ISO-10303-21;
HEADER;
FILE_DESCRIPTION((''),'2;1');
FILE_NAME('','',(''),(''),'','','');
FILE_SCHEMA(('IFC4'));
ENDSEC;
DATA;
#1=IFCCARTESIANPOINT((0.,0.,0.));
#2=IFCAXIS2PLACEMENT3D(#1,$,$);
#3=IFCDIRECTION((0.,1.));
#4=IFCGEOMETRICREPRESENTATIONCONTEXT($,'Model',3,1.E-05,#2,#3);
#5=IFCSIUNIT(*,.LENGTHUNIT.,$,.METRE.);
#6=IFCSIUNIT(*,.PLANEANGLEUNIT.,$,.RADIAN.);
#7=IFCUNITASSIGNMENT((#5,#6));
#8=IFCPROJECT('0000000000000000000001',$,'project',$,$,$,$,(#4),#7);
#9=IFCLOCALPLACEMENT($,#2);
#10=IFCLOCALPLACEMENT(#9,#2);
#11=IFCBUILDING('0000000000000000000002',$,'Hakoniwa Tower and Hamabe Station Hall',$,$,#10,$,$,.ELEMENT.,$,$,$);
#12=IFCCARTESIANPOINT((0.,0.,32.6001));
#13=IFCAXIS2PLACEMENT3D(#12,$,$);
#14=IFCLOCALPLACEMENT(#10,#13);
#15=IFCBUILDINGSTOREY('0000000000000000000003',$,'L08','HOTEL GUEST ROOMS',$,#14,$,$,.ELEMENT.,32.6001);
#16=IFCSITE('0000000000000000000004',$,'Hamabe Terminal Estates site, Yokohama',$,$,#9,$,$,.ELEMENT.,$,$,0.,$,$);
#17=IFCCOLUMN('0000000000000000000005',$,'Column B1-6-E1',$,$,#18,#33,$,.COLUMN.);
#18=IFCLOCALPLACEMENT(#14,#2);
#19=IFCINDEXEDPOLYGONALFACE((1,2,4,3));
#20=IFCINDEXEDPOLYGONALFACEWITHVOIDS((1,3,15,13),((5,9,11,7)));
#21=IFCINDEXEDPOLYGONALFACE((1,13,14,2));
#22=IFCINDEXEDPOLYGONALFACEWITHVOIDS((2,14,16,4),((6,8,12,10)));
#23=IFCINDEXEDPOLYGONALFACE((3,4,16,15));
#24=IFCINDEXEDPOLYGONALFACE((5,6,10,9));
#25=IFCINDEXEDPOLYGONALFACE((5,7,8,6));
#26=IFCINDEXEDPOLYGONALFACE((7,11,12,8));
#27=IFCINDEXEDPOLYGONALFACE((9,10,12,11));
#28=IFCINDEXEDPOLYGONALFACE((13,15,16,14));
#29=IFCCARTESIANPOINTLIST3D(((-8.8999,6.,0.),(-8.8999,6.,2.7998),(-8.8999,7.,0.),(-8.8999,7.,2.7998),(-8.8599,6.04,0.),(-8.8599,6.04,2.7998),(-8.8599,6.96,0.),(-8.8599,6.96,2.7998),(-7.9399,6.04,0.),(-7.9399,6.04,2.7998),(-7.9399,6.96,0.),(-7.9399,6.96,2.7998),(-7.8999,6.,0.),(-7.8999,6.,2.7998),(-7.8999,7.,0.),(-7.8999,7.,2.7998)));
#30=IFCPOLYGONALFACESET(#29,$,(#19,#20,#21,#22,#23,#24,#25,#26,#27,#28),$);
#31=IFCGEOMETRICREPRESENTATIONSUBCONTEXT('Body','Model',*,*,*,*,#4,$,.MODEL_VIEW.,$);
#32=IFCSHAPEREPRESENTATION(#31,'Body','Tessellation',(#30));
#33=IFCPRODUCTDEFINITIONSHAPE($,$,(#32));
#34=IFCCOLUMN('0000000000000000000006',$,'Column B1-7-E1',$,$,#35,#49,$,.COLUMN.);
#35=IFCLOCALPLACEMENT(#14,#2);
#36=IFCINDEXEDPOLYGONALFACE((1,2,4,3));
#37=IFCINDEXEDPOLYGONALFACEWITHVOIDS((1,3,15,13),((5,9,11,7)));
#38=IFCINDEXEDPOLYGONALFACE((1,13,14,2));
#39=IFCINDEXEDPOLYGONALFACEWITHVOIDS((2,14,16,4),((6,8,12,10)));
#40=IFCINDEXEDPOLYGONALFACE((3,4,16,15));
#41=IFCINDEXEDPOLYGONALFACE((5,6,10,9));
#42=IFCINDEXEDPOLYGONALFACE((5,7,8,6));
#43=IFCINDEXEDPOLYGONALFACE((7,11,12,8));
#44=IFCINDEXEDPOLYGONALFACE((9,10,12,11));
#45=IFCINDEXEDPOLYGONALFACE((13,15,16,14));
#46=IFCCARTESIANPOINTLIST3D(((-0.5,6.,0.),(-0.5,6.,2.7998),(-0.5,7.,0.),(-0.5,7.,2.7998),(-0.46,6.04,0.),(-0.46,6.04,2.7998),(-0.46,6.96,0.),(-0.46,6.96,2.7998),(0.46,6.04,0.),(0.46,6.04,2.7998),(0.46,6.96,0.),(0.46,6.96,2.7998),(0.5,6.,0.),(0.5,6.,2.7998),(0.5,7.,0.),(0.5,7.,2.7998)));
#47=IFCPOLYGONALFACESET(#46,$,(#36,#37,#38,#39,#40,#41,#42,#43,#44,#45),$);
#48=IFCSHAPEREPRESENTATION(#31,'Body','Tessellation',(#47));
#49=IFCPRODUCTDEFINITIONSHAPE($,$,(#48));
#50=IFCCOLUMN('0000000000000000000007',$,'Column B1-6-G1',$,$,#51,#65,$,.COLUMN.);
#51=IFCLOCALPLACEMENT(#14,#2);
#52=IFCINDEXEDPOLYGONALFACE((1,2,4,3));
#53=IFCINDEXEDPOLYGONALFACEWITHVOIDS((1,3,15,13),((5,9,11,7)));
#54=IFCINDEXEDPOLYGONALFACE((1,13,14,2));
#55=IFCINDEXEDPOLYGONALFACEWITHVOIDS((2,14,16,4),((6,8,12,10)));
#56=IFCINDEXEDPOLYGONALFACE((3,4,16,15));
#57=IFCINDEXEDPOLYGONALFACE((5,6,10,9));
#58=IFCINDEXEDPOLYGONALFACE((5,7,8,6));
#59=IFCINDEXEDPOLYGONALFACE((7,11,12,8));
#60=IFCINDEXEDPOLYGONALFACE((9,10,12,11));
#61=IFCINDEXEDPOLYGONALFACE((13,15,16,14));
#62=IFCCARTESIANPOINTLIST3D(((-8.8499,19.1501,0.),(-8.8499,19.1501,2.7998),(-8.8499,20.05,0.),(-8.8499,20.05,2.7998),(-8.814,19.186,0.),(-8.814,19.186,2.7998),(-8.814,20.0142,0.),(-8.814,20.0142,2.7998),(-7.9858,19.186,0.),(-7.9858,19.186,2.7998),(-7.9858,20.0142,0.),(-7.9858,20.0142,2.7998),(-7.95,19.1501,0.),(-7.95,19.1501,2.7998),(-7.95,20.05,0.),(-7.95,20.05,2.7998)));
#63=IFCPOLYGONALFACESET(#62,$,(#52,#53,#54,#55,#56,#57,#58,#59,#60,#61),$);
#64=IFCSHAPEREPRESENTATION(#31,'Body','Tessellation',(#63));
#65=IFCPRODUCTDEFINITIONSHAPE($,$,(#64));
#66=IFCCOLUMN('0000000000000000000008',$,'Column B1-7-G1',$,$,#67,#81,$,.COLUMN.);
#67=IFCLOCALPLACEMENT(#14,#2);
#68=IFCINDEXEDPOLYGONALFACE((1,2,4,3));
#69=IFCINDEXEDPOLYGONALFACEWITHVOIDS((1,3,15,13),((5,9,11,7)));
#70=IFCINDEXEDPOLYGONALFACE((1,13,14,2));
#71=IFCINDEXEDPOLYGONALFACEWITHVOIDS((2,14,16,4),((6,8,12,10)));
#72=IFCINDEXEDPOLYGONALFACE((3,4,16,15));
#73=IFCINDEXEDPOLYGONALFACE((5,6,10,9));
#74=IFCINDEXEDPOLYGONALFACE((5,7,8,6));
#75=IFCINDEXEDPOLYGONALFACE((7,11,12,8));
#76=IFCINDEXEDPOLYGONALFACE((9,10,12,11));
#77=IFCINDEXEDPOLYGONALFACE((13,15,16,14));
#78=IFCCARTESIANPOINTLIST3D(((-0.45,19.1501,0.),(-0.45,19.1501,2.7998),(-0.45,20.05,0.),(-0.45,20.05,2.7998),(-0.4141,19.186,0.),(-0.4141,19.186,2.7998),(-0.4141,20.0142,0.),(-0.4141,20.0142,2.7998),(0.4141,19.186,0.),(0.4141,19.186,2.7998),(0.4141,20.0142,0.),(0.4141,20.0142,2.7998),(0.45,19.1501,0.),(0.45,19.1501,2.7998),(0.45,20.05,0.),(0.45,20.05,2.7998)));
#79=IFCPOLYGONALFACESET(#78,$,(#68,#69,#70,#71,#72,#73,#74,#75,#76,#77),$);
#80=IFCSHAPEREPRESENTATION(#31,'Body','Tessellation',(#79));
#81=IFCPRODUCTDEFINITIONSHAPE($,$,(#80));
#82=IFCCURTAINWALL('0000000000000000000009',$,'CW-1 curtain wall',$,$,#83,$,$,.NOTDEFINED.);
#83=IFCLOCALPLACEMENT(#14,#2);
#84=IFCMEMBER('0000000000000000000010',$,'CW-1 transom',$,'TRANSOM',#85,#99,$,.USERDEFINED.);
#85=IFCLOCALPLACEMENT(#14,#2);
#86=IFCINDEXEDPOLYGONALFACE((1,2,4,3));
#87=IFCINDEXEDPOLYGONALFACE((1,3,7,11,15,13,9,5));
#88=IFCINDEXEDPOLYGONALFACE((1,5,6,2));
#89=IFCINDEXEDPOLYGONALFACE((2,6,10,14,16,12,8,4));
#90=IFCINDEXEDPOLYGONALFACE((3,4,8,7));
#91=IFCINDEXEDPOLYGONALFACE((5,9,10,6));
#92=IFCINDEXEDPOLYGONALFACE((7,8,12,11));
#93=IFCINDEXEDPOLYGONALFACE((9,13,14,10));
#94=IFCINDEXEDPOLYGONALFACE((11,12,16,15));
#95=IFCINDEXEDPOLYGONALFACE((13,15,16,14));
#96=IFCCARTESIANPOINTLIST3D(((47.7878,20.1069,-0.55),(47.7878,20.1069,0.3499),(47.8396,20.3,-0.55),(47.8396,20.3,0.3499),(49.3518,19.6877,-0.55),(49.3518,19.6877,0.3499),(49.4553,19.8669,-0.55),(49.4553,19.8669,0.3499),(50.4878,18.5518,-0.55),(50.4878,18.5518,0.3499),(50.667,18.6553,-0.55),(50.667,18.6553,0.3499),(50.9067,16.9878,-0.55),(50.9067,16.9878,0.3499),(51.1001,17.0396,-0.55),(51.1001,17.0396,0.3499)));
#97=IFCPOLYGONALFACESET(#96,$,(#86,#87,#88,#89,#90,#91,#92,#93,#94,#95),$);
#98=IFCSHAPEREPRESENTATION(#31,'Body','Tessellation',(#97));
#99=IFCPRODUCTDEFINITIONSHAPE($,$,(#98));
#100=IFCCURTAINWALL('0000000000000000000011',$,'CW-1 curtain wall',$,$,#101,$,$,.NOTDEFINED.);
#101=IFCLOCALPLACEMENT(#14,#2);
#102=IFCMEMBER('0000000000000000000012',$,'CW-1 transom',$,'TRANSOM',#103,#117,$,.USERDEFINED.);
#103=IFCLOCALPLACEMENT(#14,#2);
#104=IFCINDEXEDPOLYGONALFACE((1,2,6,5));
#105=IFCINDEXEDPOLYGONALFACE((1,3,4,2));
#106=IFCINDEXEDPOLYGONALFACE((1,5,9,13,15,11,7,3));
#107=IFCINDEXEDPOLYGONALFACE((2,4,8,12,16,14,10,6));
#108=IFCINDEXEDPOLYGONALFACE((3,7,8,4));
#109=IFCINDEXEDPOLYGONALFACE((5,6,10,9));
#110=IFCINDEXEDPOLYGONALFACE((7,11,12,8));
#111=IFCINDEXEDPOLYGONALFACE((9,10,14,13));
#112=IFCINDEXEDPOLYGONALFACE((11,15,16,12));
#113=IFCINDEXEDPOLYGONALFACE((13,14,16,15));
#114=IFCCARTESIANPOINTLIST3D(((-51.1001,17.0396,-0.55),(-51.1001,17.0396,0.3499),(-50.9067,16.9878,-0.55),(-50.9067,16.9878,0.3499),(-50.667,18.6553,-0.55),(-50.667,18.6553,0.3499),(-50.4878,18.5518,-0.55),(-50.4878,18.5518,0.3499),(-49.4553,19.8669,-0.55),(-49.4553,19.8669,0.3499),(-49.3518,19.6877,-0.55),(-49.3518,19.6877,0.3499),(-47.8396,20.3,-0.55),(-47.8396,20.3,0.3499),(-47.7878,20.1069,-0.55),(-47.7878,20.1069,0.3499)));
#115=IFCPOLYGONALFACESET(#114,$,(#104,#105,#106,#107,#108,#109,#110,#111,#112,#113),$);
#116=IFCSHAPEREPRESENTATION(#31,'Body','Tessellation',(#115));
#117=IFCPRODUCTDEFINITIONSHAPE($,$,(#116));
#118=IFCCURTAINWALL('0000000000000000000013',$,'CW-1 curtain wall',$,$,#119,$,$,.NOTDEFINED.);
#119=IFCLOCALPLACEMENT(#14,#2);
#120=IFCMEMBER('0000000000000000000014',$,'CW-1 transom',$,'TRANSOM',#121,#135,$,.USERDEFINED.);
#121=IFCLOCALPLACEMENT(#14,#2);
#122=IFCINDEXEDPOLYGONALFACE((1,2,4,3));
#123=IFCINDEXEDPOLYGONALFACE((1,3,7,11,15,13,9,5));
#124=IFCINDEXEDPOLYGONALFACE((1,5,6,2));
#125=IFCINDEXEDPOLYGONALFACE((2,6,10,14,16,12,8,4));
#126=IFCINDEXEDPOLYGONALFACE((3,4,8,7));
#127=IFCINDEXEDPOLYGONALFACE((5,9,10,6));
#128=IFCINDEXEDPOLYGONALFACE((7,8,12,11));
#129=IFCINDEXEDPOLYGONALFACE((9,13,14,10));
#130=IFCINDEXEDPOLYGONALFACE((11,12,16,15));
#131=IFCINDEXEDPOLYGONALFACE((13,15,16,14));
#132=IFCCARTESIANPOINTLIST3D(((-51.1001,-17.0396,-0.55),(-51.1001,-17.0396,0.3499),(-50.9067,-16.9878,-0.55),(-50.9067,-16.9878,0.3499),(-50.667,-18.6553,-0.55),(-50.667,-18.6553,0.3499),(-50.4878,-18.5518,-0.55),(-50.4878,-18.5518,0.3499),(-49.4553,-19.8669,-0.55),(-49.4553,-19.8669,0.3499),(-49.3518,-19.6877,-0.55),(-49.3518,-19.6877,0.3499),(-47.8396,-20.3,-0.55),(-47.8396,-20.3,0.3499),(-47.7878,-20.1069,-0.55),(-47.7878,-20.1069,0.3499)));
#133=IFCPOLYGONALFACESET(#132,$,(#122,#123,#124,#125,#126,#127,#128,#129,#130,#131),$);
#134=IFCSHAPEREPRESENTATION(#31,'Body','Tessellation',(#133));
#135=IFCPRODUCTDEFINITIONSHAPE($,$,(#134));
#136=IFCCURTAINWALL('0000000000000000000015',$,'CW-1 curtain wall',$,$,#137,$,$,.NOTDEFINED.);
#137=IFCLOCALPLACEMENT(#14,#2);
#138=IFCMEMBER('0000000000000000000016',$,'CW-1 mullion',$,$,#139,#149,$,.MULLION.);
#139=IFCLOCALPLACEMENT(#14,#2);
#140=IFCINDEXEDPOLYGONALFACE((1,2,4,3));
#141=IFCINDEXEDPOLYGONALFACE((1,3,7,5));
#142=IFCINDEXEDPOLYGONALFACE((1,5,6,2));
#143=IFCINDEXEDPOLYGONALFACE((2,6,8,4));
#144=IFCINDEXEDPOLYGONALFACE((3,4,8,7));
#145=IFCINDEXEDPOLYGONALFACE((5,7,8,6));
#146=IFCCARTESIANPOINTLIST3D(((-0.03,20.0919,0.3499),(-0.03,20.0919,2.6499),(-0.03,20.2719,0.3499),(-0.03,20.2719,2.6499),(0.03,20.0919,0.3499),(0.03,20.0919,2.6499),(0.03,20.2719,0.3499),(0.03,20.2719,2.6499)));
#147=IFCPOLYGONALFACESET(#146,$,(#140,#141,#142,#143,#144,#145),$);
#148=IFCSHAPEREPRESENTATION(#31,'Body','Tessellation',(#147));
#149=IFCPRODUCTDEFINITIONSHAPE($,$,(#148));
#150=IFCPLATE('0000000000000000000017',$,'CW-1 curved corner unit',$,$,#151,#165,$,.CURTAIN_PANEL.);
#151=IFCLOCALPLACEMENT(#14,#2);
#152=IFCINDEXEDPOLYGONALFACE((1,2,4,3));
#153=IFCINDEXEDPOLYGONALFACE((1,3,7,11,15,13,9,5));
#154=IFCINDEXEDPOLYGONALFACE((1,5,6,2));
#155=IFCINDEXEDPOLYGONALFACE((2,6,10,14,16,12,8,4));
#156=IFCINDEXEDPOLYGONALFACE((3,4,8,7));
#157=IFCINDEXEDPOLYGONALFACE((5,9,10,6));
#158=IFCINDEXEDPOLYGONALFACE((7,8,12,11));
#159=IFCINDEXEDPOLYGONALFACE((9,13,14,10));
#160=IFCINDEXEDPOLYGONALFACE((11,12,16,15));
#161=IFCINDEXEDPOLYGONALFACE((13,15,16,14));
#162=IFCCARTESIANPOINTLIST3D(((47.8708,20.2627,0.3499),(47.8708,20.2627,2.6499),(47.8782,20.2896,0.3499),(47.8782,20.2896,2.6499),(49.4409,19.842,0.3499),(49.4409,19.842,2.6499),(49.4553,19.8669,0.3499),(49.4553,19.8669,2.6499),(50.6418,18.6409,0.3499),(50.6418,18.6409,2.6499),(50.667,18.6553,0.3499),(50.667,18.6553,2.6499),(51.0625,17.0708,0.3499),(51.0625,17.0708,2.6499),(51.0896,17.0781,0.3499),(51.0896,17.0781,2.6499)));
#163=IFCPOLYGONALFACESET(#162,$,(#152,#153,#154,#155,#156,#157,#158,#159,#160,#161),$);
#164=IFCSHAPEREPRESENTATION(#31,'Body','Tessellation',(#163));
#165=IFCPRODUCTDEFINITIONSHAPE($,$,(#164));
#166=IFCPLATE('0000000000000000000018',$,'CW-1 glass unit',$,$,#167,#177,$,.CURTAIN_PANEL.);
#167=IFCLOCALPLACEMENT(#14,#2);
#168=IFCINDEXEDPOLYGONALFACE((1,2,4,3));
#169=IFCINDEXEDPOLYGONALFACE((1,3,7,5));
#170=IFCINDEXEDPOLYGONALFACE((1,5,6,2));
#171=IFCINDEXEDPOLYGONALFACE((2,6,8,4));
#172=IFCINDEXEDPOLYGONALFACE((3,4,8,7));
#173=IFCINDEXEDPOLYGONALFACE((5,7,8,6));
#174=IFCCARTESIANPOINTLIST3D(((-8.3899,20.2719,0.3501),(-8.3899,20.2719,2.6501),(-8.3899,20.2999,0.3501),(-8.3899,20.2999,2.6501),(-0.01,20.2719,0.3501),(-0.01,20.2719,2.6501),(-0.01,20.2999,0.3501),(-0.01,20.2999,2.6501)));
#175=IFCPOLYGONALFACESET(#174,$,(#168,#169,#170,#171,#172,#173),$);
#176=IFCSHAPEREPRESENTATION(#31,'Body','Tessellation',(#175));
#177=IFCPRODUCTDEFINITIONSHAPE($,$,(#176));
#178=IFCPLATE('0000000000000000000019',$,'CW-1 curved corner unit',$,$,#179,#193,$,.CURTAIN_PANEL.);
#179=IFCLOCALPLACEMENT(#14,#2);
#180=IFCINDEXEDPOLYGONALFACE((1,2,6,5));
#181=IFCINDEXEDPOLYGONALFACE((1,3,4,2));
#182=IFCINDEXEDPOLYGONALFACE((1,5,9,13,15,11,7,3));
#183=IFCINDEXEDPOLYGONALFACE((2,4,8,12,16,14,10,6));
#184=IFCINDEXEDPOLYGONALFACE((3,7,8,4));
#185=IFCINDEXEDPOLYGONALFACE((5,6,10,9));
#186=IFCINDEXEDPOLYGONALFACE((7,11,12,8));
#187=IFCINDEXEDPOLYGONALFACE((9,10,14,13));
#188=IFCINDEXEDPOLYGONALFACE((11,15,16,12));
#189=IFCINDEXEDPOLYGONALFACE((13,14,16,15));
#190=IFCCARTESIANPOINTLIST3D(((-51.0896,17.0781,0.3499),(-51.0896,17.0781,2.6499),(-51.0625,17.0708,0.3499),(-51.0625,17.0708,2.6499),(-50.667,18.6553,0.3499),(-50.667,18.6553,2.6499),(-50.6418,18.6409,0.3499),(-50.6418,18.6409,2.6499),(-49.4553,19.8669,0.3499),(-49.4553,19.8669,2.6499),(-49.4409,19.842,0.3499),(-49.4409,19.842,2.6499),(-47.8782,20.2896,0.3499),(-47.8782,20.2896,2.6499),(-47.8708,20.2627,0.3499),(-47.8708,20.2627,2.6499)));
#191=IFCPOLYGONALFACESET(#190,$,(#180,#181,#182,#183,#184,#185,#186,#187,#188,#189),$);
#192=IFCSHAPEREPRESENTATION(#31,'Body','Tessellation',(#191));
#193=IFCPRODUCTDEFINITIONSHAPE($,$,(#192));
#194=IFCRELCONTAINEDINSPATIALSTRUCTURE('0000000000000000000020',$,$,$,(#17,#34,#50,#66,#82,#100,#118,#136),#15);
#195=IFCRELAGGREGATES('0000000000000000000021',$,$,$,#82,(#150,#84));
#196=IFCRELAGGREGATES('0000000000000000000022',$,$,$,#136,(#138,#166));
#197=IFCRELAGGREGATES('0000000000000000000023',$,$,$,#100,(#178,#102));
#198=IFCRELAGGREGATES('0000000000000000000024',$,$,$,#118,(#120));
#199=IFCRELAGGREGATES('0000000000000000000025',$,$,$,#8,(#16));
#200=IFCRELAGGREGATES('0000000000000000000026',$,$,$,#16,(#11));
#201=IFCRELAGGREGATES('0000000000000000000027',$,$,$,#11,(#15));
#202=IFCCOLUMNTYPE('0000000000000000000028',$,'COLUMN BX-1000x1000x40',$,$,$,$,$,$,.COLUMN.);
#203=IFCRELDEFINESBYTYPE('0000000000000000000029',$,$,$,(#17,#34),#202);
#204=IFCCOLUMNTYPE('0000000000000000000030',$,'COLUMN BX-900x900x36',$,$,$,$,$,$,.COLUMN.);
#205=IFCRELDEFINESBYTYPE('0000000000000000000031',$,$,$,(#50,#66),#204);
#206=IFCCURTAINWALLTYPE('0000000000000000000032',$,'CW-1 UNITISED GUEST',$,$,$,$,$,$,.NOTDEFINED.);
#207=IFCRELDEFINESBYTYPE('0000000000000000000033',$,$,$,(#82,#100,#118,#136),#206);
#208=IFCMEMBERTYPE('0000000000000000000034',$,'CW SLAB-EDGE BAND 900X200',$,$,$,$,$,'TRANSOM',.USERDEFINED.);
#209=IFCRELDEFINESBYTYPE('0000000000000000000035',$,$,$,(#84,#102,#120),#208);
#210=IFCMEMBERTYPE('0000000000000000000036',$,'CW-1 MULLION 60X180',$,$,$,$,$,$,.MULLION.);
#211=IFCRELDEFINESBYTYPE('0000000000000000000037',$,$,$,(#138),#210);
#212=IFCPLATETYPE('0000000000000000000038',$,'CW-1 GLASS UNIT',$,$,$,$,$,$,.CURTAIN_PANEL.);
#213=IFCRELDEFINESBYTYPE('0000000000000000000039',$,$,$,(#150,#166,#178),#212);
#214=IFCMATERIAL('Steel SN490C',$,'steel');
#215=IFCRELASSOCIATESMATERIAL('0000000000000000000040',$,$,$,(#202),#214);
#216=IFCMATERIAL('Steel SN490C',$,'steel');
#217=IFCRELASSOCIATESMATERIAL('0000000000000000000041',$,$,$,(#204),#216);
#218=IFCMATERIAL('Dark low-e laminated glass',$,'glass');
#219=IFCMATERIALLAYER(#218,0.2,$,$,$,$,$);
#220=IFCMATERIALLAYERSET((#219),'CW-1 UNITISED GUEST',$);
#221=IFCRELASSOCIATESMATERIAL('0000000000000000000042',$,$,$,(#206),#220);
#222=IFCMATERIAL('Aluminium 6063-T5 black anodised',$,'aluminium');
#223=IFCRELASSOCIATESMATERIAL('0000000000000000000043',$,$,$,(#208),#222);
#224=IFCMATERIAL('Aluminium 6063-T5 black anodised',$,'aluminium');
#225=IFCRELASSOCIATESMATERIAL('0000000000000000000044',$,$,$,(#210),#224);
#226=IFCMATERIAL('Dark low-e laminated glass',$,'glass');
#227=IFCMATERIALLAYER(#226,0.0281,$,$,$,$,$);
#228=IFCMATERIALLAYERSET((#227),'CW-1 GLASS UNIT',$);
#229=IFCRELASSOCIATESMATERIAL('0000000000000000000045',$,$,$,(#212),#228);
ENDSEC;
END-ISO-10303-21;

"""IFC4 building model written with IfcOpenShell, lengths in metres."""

from ifc_helpers import new_model, si_unit, direction, frame, origin, origin_2d, place, context, subcontext, project, spatial, polyline, rectangle, hollow_rectangle, outline, extrude, material, layer, layer_set, material_profile, profile_set, type_object, element, aggregate, save


model = new_model("IFC4")

# Units and contexts
model_context = context("Model", 3, precision=1e-05, world=origin(), true_north=direction((0.0, 1.0)))
body_context = subcontext(model_context, "Body", "Model", "MODEL_VIEW")
ifc_project = project(units=[si_unit("LENGTHUNIT", "METRE"), si_unit("PLANEANGLEUNIT", "RADIAN")], contexts=[model_context])

# Site, building, storey
site_placement = place(None, origin())
site = spatial("IfcSite", under=ifc_project, at=site_placement, Name="Hamabe Terminal Estates site, Yokohama", CompositionType="ELEMENT", RefElevation=0.0)
building_placement = place(site_placement, origin())
building = spatial("IfcBuilding", under=site, at=building_placement, Name="Hakoniwa Tower and Hamabe Station Hall", CompositionType="ELEMENT")
storey_placement = place(building_placement, frame((0.0, 0.0, 32.6001)))
storey = spatial("IfcBuildingStorey", under=building, at=storey_placement, Name="L08", Description="HOTEL GUEST ROOMS", CompositionType="ELEMENT", Elevation=32.6001)

# Columns
ifc_material_1 = material(Name="Steel SN490C", Category="steel")
ifc_material_profile_1 = material_profile(ifc_material_1, hollow_rectangle(XDim=1.0, YDim=1.0, WallThickness=0.04, at=origin_2d()), Name="BX-1000x1000x40")
ifc_profile_set_1 = profile_set([ifc_material_profile_1], Name="Steel SN490C")
column_type_1 = type_object("IfcColumnType", Name="COLUMN BX-1000x1000x40", PredefinedType="COLUMN", material=ifc_profile_set_1)
for number, where, z_axis, x_axis, name in (
    (1, (-8.3999, 6.5, 0.0), (0.0, 0.0, 1.0), (1.0, 0.0, 0.0), "Column B1-6-E1"),
    (2, (0.0, 6.5, 0.0), (0.0, 0.0, 1.0), (1.0, 0.0, 0.0), "Column B1-7-E1"),
):
    element("IfcColumn", number, at=place(storey_placement, frame(where, z_axis=z_axis, x_axis=x_axis)), inside=storey, type_object=column_type_1, Name=name, PredefinedType="COLUMN", context=body_context, shape_type="SweptSolid", body=[
        extrude(hollow_rectangle(XDim=1.0, YDim=1.0, WallThickness=0.04, at=origin_2d()), origin(), (0.0, 0.0, 1.0), 2.7998),
    ])
ifc_material_2 = material(Name="Steel SN490C", Category="steel")
ifc_material_profile_2 = material_profile(ifc_material_2, hollow_rectangle(XDim=0.8999, YDim=0.8999, WallThickness=0.0359, at=origin_2d()), Name="BX-900x900x36")
ifc_profile_set_2 = profile_set([ifc_material_profile_2], Name="Steel SN490C")
column_type_2 = type_object("IfcColumnType", Name="COLUMN BX-900x900x36", PredefinedType="COLUMN", material=ifc_profile_set_2)
for number, where, z_axis, x_axis, name in (
    (3, (-8.3999, 19.6001, 0.0), (0.0, 0.0, 1.0), (1.0, 0.0, 0.0), "Column B1-6-G1"),
    (4, (0.0, 19.6001, 0.0), (0.0, 0.0, 1.0), (1.0, 0.0, 0.0), "Column B1-7-G1"),
):
    element("IfcColumn", number, at=place(storey_placement, frame(where, z_axis=z_axis, x_axis=x_axis)), inside=storey, type_object=column_type_2, Name=name, PredefinedType="COLUMN", context=body_context, shape_type="SweptSolid", body=[
        extrude(hollow_rectangle(XDim=0.8999, YDim=0.8999, WallThickness=0.0359, at=origin_2d()), origin(), (0.0, 0.0, 1.0), 2.7998),
    ])

# Curtain walls, members
ifc_material_3 = material(Name="Dark low-e laminated glass", Category="glass")
ifc_layer_1 = layer(ifc_material_3, 0.2)
ifc_layer_set_1 = layer_set([ifc_layer_1], Name="CW-1 UNITISED GUEST")
curtain_wall_type = type_object("IfcCurtainWallType", Name="CW-1 UNITISED GUEST", PredefinedType="NOTDEFINED", material=ifc_layer_set_1)
curtain_wall_1_placement = place(storey_placement, origin())
curtain_wall_1 = element("IfcCurtainWall", 5, at=curtain_wall_1_placement, inside=storey, type_object=curtain_wall_type, Name="CW-1 curtain wall", PredefinedType="NOTDEFINED")
ifc_material_4 = material(Name="Aluminium 6063-T5 black anodised", Category="aluminium")
ifc_material_profile_3 = material_profile(ifc_material_4, rectangle(XDim=0.2, YDim=0.8999, at=origin_2d()), Name="CW SLAB-EDGE BAND 900X200")
ifc_profile_set_3 = profile_set([ifc_material_profile_3], Name="Aluminium 6063-T5 black anodised")
member_type_1 = type_object("IfcMemberType", Name="CW SLAB-EDGE BAND 900X200", ElementType="TRANSOM", PredefinedType="USERDEFINED", material=ifc_profile_set_3)
member_1_placement = place(storey_placement, frame((0.0, 0.0, -0.55)))
member_1 = element("IfcMember", 6, at=member_1_placement, type_object=member_type_1, Name="CW-1 transom", ObjectType="TRANSOM", PredefinedType="USERDEFINED", context=body_context, shape_type="SweptSolid", body=[
    extrude(outline(polyline([(51.1001, 17.0396), (50.667, 18.6553), (49.4553, 19.8669), (47.8396, 20.3), (47.7878, 20.1069), (49.3518, 19.6877), (50.4878, 18.5518), (50.9067, 16.9878), (51.1001, 17.0396)])), origin(), (0.0, 0.0, 1.0), 0.8999),
])
curtain_wall_2_placement = place(storey_placement, origin())
curtain_wall_2 = element("IfcCurtainWall", 7, at=curtain_wall_2_placement, inside=storey, type_object=curtain_wall_type, Name="CW-1 curtain wall", PredefinedType="NOTDEFINED")
member_2_placement = place(storey_placement, frame((0.0, 0.0, -0.55)))
member_2 = element("IfcMember", 8, at=member_2_placement, type_object=member_type_1, Name="CW-1 transom", ObjectType="TRANSOM", PredefinedType="USERDEFINED", context=body_context, shape_type="SweptSolid", body=[
    extrude(outline(polyline([(-47.8396, 20.3), (-49.4553, 19.8669), (-50.667, 18.6553), (-51.1001, 17.0396), (-50.9067, 16.9878), (-50.4878, 18.5518), (-49.3518, 19.6877), (-47.7878, 20.1069), (-47.8396, 20.3)])), origin(), (0.0, 0.0, 1.0), 0.8999),
])
curtain_wall_3_placement = place(storey_placement, origin())
curtain_wall_3 = element("IfcCurtainWall", 9, at=curtain_wall_3_placement, inside=storey, type_object=curtain_wall_type, Name="CW-1 curtain wall", PredefinedType="NOTDEFINED")
member_3_placement = place(storey_placement, frame((0.0, 0.0, -0.55)))
member_3 = element("IfcMember", 10, at=member_3_placement, type_object=member_type_1, Name="CW-1 transom", ObjectType="TRANSOM", PredefinedType="USERDEFINED", context=body_context, shape_type="SweptSolid", body=[
    extrude(outline(polyline([(-51.1001, -17.0396), (-50.667, -18.6553), (-49.4553, -19.8669), (-47.8396, -20.3), (-47.7878, -20.1069), (-49.3518, -19.6877), (-50.4878, -18.5518), (-50.9067, -16.9878), (-51.1001, -17.0396)])), origin(), (0.0, 0.0, 1.0), 0.8999),
])
curtain_wall_4_placement = place(storey_placement, origin())
curtain_wall_4 = element("IfcCurtainWall", 11, at=curtain_wall_4_placement, inside=storey, type_object=curtain_wall_type, Name="CW-1 curtain wall", PredefinedType="NOTDEFINED")
ifc_material_5 = material(Name="Aluminium 6063-T5 black anodised", Category="aluminium")
ifc_material_profile_4 = material_profile(ifc_material_5, rectangle(XDim=0.0601, YDim=0.1799, at=origin_2d()), Name="CW-1 MULLION 60X180")
ifc_profile_set_4 = profile_set([ifc_material_profile_4], Name="Aluminium 6063-T5 black anodised")
member_type_2 = type_object("IfcMemberType", Name="CW-1 MULLION 60X180", PredefinedType="MULLION", material=ifc_profile_set_4)
member_4_placement = place(storey_placement, frame((0.0, 20.1819, 0.3499), z_axis=(0.0, 0.0, 1.0), x_axis=(-1.0, 0.0, 0.0)))
member_4 = element("IfcMember", 12, at=member_4_placement, type_object=member_type_2, Name="CW-1 mullion", PredefinedType="MULLION", context=body_context, shape_type="SweptSolid", body=[
    extrude(rectangle(XDim=0.0601, YDim=0.1799, at=origin_2d()), origin(), (0.0, 0.0, 1.0), 2.3),
])

# Plates
ifc_material_6 = material(Name="Dark low-e laminated glass", Category="glass")
ifc_layer_2 = layer(ifc_material_6, 0.0281)
ifc_layer_set_2 = layer_set([ifc_layer_2], Name="CW-1 GLASS UNIT")
plate_type = type_object("IfcPlateType", Name="CW-1 GLASS UNIT", PredefinedType="CURTAIN_PANEL", material=ifc_layer_set_2)
plate_1_placement = place(storey_placement, frame((0.0, 0.0, 0.3499)))
plate_1 = element("IfcPlate", 13, at=plate_1_placement, type_object=plate_type, Name="CW-1 curved corner unit", PredefinedType="CURTAIN_PANEL", context=body_context, shape_type="SweptSolid", body=[
    extrude(outline(polyline([(51.0896, 17.0781), (50.667, 18.6553), (49.4553, 19.8669), (47.8782, 20.2896), (47.8708, 20.2627), (49.4409, 19.842), (50.6418, 18.6409), (51.0625, 17.0708), (51.0896, 17.0781)])), origin(), (0.0, 0.0, 1.0), 2.3),
])
aggregate(curtain_wall_1, [plate_1, member_1])
plate_2_placement = place(storey_placement, frame((-4.2, 20.2859, 0.3501), z_axis=(0.0, 0.0, 1.0), x_axis=(-1.0, 0.0, 0.0)))
plate_2 = element("IfcPlate", 14, at=plate_2_placement, type_object=plate_type, Name="CW-1 glass unit", PredefinedType="CURTAIN_PANEL", context=body_context, shape_type="SweptSolid", body=[
    extrude(rectangle(XDim=8.3799, YDim=0.0281, at=origin_2d()), origin(), (0.0, 0.0, 1.0), 2.3),
])
aggregate(curtain_wall_4, [member_4, plate_2])
plate_3_placement = place(storey_placement, frame((0.0, 0.0, 0.3499)))
plate_3 = element("IfcPlate", 15, at=plate_3_placement, type_object=plate_type, Name="CW-1 curved corner unit", PredefinedType="CURTAIN_PANEL", context=body_context, shape_type="SweptSolid", body=[
    extrude(outline(polyline([(-47.8782, 20.2896), (-49.4553, 19.8669), (-50.667, 18.6553), (-51.0896, 17.0781), (-51.0625, 17.0708), (-50.6418, 18.6409), (-49.4409, 19.842), (-47.8708, 20.2627), (-47.8782, 20.2896)])), origin(), (0.0, 0.0, 1.0), 2.3),
])
aggregate(curtain_wall_2, [plate_3, member_2])
aggregate(curtain_wall_3, [member_3])

save(model, "model.ifc")
